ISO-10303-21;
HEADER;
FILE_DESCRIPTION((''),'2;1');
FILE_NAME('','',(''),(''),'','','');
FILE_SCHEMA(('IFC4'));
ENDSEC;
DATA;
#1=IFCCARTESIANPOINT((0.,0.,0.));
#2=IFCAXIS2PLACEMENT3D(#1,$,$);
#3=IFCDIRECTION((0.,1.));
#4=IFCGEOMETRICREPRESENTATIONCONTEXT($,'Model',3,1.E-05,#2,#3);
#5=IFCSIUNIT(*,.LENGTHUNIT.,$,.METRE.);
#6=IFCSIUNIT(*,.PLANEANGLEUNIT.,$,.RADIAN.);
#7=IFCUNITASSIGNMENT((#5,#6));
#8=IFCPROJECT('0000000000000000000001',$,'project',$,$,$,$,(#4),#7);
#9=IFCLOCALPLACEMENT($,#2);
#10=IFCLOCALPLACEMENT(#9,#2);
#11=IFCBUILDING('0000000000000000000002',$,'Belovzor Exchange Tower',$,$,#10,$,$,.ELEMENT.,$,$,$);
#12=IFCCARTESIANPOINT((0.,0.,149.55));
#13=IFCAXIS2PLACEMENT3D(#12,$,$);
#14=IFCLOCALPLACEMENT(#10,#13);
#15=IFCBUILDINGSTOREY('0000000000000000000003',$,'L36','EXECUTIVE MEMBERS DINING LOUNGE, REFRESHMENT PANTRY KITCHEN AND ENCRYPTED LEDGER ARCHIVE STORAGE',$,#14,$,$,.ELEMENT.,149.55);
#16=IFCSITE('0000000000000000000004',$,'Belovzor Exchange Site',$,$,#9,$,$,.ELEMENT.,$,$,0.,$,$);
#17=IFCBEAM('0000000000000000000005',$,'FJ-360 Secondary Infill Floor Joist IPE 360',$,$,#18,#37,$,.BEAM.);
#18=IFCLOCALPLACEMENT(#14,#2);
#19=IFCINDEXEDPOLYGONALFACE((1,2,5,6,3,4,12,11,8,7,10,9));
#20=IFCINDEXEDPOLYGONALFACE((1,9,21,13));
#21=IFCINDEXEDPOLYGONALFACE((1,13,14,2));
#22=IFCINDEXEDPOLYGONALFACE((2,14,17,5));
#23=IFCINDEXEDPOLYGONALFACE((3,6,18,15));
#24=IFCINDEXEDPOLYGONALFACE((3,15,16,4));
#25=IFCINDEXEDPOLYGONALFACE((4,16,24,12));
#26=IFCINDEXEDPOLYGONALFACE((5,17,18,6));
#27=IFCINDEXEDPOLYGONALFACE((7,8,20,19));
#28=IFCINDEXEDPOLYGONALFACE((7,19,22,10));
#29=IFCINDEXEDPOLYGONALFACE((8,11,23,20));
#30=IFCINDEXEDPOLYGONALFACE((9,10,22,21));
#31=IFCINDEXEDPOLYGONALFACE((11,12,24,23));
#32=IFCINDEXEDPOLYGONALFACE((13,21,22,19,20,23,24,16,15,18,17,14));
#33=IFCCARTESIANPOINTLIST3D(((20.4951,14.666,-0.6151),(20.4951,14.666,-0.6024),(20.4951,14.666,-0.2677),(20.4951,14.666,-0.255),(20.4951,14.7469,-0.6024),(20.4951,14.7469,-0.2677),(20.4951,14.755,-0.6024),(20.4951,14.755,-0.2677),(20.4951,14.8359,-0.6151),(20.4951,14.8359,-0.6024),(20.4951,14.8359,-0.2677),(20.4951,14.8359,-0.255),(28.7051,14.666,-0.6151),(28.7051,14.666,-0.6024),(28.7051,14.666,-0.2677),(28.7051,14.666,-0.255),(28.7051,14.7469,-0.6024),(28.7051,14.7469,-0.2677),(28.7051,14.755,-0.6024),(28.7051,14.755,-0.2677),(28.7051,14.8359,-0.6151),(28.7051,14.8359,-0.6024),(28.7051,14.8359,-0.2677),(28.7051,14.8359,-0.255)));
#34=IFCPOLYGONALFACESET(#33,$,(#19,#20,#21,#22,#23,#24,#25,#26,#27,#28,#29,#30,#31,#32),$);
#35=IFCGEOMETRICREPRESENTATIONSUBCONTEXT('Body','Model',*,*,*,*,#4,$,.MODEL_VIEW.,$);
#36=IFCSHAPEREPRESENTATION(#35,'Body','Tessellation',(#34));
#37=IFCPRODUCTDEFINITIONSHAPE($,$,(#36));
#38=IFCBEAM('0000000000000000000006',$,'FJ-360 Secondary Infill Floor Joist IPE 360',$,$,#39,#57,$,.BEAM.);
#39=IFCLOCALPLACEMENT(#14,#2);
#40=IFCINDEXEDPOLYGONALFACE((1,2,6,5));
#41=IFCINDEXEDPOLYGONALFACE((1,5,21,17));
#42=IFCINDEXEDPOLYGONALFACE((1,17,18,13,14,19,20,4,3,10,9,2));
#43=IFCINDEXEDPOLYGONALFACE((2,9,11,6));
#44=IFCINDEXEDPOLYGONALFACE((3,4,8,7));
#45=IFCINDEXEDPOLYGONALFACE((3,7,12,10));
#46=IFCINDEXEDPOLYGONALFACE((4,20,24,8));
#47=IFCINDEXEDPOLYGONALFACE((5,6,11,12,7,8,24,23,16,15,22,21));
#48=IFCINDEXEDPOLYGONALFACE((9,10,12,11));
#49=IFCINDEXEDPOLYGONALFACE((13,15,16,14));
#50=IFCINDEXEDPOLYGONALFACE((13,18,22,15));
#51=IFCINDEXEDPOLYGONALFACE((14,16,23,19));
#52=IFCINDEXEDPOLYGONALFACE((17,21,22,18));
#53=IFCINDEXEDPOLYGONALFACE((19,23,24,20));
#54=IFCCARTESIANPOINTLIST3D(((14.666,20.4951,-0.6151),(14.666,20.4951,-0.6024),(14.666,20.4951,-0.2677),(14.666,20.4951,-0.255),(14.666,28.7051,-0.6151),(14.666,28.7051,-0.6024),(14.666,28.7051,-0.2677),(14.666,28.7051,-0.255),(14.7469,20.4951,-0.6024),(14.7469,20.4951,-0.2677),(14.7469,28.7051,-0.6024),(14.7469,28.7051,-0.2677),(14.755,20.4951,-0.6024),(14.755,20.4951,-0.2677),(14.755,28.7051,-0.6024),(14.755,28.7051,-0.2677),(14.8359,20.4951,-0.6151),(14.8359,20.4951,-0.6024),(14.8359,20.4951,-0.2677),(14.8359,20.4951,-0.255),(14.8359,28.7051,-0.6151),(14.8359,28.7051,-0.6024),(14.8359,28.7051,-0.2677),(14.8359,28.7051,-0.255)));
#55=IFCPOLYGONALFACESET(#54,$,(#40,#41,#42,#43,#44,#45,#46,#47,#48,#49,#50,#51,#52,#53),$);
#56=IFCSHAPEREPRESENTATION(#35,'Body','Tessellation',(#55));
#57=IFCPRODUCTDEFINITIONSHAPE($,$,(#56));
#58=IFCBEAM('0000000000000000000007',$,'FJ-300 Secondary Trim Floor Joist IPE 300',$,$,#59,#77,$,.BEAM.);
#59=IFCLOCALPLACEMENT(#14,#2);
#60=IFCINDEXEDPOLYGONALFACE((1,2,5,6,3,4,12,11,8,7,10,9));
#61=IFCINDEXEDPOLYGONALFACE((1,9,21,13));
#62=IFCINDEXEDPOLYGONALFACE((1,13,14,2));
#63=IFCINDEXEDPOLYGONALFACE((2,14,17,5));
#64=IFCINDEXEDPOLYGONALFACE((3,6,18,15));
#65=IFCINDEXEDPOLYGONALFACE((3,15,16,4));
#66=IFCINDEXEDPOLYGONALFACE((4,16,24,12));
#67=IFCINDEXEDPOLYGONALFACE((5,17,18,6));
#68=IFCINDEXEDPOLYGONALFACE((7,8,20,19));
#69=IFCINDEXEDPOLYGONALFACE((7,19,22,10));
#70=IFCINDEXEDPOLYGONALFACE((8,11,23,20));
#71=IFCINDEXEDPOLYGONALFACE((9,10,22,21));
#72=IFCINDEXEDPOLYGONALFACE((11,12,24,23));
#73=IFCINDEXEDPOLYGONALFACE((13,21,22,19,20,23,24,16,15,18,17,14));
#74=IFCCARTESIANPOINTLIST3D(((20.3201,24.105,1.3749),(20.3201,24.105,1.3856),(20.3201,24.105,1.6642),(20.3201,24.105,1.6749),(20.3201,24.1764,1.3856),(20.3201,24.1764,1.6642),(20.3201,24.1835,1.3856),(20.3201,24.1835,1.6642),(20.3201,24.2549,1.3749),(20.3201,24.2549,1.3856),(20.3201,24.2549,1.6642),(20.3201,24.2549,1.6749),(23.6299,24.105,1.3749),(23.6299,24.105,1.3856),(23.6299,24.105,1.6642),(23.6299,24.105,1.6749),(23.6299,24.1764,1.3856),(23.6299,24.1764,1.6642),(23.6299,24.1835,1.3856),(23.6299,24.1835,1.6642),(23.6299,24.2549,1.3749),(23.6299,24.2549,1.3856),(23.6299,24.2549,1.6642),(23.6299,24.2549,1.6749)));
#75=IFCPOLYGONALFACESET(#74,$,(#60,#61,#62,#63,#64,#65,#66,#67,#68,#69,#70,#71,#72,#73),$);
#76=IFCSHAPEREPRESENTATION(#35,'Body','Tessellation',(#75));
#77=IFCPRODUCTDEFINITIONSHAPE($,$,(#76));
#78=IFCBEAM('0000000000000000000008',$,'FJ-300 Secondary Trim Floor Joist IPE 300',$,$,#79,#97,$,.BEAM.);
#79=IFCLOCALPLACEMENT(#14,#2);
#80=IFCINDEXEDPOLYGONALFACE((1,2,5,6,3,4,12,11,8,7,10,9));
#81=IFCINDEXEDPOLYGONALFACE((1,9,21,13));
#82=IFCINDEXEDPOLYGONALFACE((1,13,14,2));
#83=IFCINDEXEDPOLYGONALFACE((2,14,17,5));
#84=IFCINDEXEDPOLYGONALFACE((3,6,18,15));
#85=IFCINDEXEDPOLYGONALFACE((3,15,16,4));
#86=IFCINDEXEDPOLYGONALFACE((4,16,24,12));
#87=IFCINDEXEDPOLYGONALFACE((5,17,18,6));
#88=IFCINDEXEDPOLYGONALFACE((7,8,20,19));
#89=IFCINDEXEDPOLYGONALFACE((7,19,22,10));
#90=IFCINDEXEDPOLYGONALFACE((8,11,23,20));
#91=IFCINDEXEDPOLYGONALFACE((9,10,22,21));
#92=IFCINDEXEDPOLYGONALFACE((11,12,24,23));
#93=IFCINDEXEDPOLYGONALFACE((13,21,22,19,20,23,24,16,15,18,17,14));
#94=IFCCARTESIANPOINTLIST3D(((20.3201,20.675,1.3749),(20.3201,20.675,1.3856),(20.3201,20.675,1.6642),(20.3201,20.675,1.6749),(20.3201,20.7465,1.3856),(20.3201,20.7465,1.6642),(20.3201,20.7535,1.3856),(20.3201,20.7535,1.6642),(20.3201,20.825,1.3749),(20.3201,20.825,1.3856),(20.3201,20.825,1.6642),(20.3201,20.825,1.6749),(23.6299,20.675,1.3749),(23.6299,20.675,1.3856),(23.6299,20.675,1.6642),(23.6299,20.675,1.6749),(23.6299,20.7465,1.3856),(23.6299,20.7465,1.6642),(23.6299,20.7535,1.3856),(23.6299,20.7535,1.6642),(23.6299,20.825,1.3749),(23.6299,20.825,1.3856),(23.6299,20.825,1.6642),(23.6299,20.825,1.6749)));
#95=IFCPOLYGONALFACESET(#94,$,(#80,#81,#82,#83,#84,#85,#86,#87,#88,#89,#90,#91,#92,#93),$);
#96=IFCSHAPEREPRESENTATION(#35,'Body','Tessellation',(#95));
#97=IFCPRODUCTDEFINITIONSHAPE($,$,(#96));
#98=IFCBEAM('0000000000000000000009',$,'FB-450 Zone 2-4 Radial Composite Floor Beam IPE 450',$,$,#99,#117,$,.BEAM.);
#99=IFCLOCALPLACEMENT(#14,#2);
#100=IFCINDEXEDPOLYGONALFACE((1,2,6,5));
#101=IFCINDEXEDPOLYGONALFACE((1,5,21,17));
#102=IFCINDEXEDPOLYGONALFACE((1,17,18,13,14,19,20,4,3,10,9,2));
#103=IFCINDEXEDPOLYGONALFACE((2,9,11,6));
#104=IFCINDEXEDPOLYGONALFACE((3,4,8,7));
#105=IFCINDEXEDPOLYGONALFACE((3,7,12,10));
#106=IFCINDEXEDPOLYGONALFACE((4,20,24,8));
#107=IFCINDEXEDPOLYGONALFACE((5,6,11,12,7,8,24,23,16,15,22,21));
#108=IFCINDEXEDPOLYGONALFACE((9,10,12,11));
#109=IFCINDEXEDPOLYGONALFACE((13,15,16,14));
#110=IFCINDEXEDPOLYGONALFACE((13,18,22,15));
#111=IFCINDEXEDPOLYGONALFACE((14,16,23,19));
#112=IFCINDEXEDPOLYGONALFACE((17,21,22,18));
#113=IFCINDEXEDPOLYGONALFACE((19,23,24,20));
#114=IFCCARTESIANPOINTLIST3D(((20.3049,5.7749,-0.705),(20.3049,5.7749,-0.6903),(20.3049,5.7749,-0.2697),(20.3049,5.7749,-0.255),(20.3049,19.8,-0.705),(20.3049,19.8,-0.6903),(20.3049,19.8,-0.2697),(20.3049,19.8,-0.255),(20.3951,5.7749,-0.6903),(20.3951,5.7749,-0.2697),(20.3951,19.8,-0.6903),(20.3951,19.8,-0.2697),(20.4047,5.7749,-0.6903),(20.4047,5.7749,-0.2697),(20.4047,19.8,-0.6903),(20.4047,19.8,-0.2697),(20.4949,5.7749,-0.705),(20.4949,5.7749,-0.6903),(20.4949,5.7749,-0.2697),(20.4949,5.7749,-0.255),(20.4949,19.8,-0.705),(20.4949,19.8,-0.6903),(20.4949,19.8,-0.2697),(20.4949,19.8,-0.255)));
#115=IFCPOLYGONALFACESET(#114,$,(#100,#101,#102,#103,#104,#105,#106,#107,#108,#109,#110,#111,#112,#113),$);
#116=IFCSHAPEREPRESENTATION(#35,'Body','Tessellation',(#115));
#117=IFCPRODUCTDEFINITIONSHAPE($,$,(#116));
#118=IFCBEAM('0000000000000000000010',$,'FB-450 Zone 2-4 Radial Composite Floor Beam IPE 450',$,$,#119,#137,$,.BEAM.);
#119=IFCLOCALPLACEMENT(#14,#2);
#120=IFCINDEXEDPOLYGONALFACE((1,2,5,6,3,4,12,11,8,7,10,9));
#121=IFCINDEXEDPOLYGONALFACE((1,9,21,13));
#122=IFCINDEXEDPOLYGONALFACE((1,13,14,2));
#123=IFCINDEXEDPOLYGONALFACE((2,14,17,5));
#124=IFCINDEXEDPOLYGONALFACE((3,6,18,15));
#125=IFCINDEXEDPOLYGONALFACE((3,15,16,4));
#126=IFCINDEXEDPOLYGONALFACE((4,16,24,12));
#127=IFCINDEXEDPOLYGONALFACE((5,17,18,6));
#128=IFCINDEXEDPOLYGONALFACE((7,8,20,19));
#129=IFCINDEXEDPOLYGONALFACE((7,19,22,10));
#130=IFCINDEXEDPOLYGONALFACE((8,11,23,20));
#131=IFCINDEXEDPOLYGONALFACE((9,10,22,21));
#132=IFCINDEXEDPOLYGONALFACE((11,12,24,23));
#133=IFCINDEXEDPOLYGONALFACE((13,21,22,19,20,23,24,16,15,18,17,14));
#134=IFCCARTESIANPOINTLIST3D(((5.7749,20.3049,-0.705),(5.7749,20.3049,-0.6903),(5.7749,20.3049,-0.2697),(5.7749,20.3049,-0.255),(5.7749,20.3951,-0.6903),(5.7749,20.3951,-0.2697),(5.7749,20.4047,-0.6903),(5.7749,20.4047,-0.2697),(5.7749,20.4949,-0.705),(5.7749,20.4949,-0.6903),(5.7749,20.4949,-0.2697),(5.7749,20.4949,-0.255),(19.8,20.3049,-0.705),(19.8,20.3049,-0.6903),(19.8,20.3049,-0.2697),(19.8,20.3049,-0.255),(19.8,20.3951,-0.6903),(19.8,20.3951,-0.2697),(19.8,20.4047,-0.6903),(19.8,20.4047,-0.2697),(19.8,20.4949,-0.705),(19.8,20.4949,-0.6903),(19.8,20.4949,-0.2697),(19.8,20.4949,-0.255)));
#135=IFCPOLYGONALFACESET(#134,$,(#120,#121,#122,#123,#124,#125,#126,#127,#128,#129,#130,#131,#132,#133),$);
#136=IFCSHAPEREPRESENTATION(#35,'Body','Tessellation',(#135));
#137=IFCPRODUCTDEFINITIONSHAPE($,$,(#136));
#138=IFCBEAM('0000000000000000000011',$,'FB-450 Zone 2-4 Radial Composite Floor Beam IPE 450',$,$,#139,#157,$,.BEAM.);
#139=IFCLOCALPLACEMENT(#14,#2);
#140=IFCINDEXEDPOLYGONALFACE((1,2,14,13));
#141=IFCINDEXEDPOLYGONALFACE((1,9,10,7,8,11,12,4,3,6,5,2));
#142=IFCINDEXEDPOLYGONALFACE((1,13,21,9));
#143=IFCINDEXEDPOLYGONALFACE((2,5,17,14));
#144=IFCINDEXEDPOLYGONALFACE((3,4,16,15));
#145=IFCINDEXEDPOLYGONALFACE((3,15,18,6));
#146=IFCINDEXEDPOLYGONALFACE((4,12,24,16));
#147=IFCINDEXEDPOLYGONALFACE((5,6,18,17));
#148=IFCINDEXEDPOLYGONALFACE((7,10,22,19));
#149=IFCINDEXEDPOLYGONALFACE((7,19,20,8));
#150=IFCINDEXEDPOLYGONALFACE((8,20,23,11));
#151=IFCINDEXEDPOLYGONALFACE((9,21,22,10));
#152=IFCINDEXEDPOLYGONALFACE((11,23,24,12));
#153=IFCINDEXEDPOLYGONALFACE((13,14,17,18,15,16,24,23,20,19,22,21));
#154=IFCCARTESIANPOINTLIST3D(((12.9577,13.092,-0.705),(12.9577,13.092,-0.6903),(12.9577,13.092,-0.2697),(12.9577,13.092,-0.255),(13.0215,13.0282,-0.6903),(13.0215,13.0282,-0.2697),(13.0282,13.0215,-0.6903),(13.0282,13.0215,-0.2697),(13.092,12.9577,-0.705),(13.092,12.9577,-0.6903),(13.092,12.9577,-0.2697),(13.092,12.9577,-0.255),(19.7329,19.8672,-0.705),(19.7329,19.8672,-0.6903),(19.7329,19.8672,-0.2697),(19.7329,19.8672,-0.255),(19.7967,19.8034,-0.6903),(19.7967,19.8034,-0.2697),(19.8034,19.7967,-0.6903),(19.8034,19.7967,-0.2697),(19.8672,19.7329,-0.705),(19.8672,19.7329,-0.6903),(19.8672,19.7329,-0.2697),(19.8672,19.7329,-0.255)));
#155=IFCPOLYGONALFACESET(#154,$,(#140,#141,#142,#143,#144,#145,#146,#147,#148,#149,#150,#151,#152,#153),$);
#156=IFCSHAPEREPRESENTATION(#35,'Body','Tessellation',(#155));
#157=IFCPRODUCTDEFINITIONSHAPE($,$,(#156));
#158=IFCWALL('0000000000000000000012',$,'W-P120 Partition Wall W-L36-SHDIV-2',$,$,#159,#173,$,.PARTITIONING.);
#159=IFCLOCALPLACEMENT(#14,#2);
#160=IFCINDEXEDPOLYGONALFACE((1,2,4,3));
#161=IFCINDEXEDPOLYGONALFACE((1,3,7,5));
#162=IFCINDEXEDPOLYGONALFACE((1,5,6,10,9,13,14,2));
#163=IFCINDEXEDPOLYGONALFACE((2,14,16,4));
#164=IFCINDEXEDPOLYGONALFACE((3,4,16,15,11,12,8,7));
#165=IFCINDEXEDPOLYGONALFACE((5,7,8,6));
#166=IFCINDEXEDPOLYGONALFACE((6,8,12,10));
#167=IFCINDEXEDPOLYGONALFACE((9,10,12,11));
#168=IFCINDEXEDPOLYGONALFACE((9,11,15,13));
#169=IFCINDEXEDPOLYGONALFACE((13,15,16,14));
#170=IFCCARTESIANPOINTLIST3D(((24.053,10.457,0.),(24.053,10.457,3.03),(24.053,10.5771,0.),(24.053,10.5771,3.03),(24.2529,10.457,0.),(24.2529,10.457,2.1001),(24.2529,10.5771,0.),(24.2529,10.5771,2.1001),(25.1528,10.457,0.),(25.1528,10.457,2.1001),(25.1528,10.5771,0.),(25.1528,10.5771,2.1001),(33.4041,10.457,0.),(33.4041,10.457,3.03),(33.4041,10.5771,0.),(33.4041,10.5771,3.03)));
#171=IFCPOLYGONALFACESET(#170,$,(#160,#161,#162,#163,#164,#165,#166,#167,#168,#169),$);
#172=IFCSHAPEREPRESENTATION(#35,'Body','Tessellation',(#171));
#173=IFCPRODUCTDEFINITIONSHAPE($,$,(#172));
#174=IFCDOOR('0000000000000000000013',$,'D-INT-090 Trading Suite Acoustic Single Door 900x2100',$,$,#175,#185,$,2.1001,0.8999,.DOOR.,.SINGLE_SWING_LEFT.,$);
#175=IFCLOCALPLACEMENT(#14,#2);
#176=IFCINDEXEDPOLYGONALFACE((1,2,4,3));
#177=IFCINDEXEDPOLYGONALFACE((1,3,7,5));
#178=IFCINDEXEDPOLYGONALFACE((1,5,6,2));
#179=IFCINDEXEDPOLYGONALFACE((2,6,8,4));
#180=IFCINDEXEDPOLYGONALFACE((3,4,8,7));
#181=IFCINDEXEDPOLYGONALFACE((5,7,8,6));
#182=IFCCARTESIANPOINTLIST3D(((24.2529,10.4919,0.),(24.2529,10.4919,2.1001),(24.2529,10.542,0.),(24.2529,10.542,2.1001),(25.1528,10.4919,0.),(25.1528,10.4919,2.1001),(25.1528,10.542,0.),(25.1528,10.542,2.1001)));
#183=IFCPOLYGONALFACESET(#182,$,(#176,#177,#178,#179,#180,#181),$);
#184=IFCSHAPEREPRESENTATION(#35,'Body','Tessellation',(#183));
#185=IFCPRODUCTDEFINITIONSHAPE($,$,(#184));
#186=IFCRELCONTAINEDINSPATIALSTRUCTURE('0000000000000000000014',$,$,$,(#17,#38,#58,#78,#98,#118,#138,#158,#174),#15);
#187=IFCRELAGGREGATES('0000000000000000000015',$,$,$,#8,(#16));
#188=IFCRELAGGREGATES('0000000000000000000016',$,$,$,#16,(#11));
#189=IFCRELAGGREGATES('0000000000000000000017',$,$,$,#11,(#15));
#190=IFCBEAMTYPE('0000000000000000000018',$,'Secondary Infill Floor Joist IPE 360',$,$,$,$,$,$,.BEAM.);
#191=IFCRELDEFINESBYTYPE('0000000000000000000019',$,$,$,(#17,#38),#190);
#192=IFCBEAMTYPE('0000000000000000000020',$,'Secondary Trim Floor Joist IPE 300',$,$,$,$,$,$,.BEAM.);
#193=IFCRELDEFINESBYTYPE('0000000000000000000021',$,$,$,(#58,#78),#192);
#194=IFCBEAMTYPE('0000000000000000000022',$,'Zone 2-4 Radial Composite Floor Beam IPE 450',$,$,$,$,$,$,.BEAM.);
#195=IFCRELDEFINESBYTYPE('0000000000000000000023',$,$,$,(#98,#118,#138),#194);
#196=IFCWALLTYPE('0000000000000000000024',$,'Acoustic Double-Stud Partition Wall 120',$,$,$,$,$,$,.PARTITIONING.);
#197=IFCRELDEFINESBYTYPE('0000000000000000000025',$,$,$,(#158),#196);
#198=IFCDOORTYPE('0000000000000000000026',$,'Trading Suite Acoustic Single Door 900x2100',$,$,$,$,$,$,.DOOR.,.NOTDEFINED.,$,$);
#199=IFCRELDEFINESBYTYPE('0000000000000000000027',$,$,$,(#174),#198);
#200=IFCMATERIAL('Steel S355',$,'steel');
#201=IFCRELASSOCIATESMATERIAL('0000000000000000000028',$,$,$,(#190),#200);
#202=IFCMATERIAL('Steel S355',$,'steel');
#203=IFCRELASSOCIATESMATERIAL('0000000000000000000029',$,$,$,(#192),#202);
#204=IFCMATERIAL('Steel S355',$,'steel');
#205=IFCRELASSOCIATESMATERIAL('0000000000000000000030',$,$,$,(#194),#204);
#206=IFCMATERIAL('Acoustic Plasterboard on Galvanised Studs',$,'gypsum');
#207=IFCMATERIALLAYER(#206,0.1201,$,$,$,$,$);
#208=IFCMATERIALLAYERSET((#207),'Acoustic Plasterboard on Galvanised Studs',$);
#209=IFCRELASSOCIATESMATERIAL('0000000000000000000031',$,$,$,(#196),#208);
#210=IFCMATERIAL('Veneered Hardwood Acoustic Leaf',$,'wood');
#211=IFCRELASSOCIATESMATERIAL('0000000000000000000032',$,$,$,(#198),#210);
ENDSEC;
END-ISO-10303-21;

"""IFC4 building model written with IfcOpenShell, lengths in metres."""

from ifc_helpers import new_model, si_unit, direction, frame, frame_2d, origin, origin_2d, place, context, subcontext, project, spatial, rectangle, i_section, extrude, material, layer, layer_set, material_profile, profile_set, type_object, element, fill, save


model = new_model("IFC4")

# Units and contexts
model_context = context("Model", 3, precision=1e-05, world=origin(), true_north=direction((0.0, 1.0)))
body_context = subcontext(model_context, "Body", "Model", "MODEL_VIEW")
ifc_project = project(units=[si_unit("LENGTHUNIT", "METRE"), si_unit("PLANEANGLEUNIT", "RADIAN")], contexts=[model_context])

# Site, building, storey
site_placement = place(None, origin())
site = spatial("IfcSite", under=ifc_project, at=site_placement, Name="Belovzor Exchange Site", CompositionType="ELEMENT", RefElevation=0.0)
building_placement = place(site_placement, origin())
building = spatial("IfcBuilding", under=site, at=building_placement, Name="Belovzor Exchange Tower", CompositionType="ELEMENT")
storey_placement = place(building_placement, frame((0.0, 0.0, 149.55)))
storey = spatial("IfcBuildingStorey", under=building, at=storey_placement, Name="L36", Description="EXECUTIVE MEMBERS DINING LOUNGE, REFRESHMENT PANTRY KITCHEN AND ENCRYPTED LEDGER ARCHIVE STORAGE", CompositionType="ELEMENT", Elevation=149.55)

# Beams
ifc_material_1 = material(Name="Steel S355", Category="steel")
ifc_material_profile_1 = material_profile(ifc_material_1, i_section(OverallWidth=0.1699, OverallDepth=0.3601, WebThickness=0.0081, FlangeThickness=0.0127, at=origin_2d()))
ifc_profile_set_1 = profile_set([ifc_material_profile_1], Name="Steel S355")
beam_type_1 = type_object("IfcBeamType", Name="Secondary Infill Floor Joist IPE 360", PredefinedType="BEAM", material=ifc_profile_set_1)
for number, where, z_axis, x_axis, name in (
    (1, (20.4951, 14.751, -0.4351), (1.0, 0.0, 0.0), (0.0, 1.0, 0.0), "FJ-360 Secondary Infill Floor Joist IPE 360"),
    (2, (14.751, 20.4951, -0.4351), (0.0, 1.0, 0.0), (-1.0, 0.0, 0.0), "FJ-360 Secondary Infill Floor Joist IPE 360"),
):
    element("IfcBeam", number, at=place(storey_placement, frame(where, z_axis=z_axis, x_axis=x_axis)), inside=storey, type_object=beam_type_1, Name=name, PredefinedType="BEAM", context=body_context, shape_type="SweptSolid", body=[
        extrude(i_section(OverallWidth=0.1699, OverallDepth=0.3601, WebThickness=0.0081, FlangeThickness=0.0127, at=origin_2d()), origin(), (0.0, 0.0, 1.0), 8.21),
    ])
ifc_material_2 = material(Name="Steel S355", Category="steel")
ifc_material_profile_2 = material_profile(ifc_material_2, i_section(OverallWidth=0.1499, OverallDepth=0.3, WebThickness=0.0071, FlangeThickness=0.0107, at=origin_2d()))
ifc_profile_set_2 = profile_set([ifc_material_profile_2], Name="Steel S355")
beam_type_2 = type_object("IfcBeamType", Name="Secondary Trim Floor Joist IPE 300", PredefinedType="BEAM", material=ifc_profile_set_2)
for number, where, z_axis, x_axis, name in (
    (3, (20.3201, 24.1799, 1.5249), (1.0, 0.0, 0.0), (0.0, 1.0, 0.0), "FJ-300 Secondary Trim Floor Joist IPE 300"),
    (4, (20.3201, 20.75, 1.5249), (1.0, 0.0, 0.0), (0.0, 1.0, 0.0), "FJ-300 Secondary Trim Floor Joist IPE 300"),
):
    element("IfcBeam", number, at=place(storey_placement, frame(where, z_axis=z_axis, x_axis=x_axis)), inside=storey, type_object=beam_type_2, Name=name, PredefinedType="BEAM", context=body_context, shape_type="SweptSolid", body=[
        extrude(i_section(OverallWidth=0.1499, OverallDepth=0.3, WebThickness=0.0071, FlangeThickness=0.0107, at=origin_2d()), origin(), (0.0, 0.0, 1.0), 3.3098),
    ])
ifc_material_3 = material(Name="Steel S355", Category="steel")
ifc_material_profile_3 = material_profile(ifc_material_3, i_section(OverallWidth=0.1899, OverallDepth=0.45, WebThickness=0.0095, FlangeThickness=0.0146, at=origin_2d()))
ifc_profile_set_3 = profile_set([ifc_material_profile_3], Name="Steel S355")
beam_type_3 = type_object("IfcBeamType", Name="Zone 2-4 Radial Composite Floor Beam IPE 450", PredefinedType="BEAM", material=ifc_profile_set_3)
for number, where, z_axis, x_axis, name in (
    (5, (20.3999, 19.8, -0.48), (0.0, -1.0, 0.0), (1.0, 0.0, 0.0), "FB-450 Zone 2-4 Radial Composite Floor Beam IPE 450"),
    (6, (19.8, 20.3999, -0.48), (-1.0, 0.0, 0.0), (0.0, -1.0, 0.0), "FB-450 Zone 2-4 Radial Composite Floor Beam IPE 450"),
):
    element("IfcBeam", number, at=place(storey_placement, frame(where, z_axis=z_axis, x_axis=x_axis)), inside=storey, type_object=beam_type_3, Name=name, PredefinedType="BEAM", context=body_context, shape_type="SweptSolid", body=[
        extrude(i_section(OverallWidth=0.1899, OverallDepth=0.45, WebThickness=0.0095, FlangeThickness=0.0146, at=origin_2d()), origin(), (0.0, 0.0, 1.0), 14.0251),
    ])
beam_placement = place(storey_placement, frame((19.8, 19.8, -0.48), z_axis=(-0.707107, -0.707107, 0.0), x_axis=(0.707107, -0.707107, 0.0)))
element("IfcBeam", 7, at=beam_placement, inside=storey, type_object=beam_type_3, Name="FB-450 Zone 2-4 Radial Composite Floor Beam IPE 450", PredefinedType="BEAM", context=body_context, shape_type="SweptSolid", body=[
    extrude(i_section(OverallWidth=0.1899, OverallDepth=0.45, WebThickness=0.0095, FlangeThickness=0.0146, at=origin_2d()), origin(), (0.0, 0.0, 1.0), 9.5815),
])

# Wall, opening, door
ifc_material_4 = material(Name="Acoustic Plasterboard on Galvanised Studs", Category="gypsum")
ifc_layer_1 = layer(ifc_material_4, 0.1201)
ifc_layer_set_1 = layer_set([ifc_layer_1], Name="Acoustic Plasterboard on Galvanised Studs")
wall_type_1 = type_object("IfcWallType", Name="Acoustic Double-Stud Partition Wall 120", PredefinedType="PARTITIONING", material=ifc_layer_set_1)
wall_1_placement = place(storey_placement, frame((24.053, 10.5171, 0.0), z_axis=(0.0, 0.0, 1.0), x_axis=(1.0, 0.0, 0.0)))
wall_1 = element("IfcWall", 8, at=wall_1_placement, inside=storey, type_object=wall_type_1, Name="W-P120 Partition Wall W-L36-SHDIV-2", PredefinedType="PARTITIONING", context=body_context, shape_type="SweptSolid", body=[
    extrude(rectangle(XDim=9.3511, YDim=0.1201, at=frame_2d((4.6755, 0.0))), origin(), (0.0, 0.0, 1.0), 3.03),
])
opening_1_placement = place(wall_1_placement, frame((0.2, 0.0, 0.0)))
opening_1 = element("IfcOpeningElement", 9, at=opening_1_placement, cuts=wall_1, PredefinedType="OPENING", context=body_context, shape_type="SweptSolid", body=[
    extrude(rectangle(XDim=0.8999, YDim=2.1001, at=frame_2d((0.45, 1.05))), frame((0.0, 0.0701, 0.0), z_axis=(0.0, -1.0, 0.0), x_axis=(1.0, 0.0, 0.0)), (0.0, 0.0, 1.0), 0.1401),
])
ifc_material_5 = material(Name="Veneered Hardwood Acoustic Leaf", Category="wood")
door_type_1 = type_object("IfcDoorType", Name="Trading Suite Acoustic Single Door 900x2100", OperationType="NOTDEFINED", PredefinedType="DOOR", material=ifc_material_5)
door_1_placement = place(opening_1_placement, origin())
door_1 = element("IfcDoor", 10, at=door_1_placement, inside=storey, type_object=door_type_1, Name="D-INT-090 Trading Suite Acoustic Single Door 900x2100", OperationType="SINGLE_SWING_LEFT", OverallHeight=2.1001, OverallWidth=0.8999, PredefinedType="DOOR", context=body_context, shape_type="SweptSolid", body=[
    extrude(rectangle(XDim=0.8999, YDim=2.1001, at=frame_2d((0.45, 1.05))), frame((0.0, 0.0249, 0.0), z_axis=(0.0, -1.0, 0.0), x_axis=(1.0, 0.0, 0.0)), (0.0, 0.0, 1.0), 0.05),
])
fill(opening_1, door_1)

save(model, "model.ifc")
